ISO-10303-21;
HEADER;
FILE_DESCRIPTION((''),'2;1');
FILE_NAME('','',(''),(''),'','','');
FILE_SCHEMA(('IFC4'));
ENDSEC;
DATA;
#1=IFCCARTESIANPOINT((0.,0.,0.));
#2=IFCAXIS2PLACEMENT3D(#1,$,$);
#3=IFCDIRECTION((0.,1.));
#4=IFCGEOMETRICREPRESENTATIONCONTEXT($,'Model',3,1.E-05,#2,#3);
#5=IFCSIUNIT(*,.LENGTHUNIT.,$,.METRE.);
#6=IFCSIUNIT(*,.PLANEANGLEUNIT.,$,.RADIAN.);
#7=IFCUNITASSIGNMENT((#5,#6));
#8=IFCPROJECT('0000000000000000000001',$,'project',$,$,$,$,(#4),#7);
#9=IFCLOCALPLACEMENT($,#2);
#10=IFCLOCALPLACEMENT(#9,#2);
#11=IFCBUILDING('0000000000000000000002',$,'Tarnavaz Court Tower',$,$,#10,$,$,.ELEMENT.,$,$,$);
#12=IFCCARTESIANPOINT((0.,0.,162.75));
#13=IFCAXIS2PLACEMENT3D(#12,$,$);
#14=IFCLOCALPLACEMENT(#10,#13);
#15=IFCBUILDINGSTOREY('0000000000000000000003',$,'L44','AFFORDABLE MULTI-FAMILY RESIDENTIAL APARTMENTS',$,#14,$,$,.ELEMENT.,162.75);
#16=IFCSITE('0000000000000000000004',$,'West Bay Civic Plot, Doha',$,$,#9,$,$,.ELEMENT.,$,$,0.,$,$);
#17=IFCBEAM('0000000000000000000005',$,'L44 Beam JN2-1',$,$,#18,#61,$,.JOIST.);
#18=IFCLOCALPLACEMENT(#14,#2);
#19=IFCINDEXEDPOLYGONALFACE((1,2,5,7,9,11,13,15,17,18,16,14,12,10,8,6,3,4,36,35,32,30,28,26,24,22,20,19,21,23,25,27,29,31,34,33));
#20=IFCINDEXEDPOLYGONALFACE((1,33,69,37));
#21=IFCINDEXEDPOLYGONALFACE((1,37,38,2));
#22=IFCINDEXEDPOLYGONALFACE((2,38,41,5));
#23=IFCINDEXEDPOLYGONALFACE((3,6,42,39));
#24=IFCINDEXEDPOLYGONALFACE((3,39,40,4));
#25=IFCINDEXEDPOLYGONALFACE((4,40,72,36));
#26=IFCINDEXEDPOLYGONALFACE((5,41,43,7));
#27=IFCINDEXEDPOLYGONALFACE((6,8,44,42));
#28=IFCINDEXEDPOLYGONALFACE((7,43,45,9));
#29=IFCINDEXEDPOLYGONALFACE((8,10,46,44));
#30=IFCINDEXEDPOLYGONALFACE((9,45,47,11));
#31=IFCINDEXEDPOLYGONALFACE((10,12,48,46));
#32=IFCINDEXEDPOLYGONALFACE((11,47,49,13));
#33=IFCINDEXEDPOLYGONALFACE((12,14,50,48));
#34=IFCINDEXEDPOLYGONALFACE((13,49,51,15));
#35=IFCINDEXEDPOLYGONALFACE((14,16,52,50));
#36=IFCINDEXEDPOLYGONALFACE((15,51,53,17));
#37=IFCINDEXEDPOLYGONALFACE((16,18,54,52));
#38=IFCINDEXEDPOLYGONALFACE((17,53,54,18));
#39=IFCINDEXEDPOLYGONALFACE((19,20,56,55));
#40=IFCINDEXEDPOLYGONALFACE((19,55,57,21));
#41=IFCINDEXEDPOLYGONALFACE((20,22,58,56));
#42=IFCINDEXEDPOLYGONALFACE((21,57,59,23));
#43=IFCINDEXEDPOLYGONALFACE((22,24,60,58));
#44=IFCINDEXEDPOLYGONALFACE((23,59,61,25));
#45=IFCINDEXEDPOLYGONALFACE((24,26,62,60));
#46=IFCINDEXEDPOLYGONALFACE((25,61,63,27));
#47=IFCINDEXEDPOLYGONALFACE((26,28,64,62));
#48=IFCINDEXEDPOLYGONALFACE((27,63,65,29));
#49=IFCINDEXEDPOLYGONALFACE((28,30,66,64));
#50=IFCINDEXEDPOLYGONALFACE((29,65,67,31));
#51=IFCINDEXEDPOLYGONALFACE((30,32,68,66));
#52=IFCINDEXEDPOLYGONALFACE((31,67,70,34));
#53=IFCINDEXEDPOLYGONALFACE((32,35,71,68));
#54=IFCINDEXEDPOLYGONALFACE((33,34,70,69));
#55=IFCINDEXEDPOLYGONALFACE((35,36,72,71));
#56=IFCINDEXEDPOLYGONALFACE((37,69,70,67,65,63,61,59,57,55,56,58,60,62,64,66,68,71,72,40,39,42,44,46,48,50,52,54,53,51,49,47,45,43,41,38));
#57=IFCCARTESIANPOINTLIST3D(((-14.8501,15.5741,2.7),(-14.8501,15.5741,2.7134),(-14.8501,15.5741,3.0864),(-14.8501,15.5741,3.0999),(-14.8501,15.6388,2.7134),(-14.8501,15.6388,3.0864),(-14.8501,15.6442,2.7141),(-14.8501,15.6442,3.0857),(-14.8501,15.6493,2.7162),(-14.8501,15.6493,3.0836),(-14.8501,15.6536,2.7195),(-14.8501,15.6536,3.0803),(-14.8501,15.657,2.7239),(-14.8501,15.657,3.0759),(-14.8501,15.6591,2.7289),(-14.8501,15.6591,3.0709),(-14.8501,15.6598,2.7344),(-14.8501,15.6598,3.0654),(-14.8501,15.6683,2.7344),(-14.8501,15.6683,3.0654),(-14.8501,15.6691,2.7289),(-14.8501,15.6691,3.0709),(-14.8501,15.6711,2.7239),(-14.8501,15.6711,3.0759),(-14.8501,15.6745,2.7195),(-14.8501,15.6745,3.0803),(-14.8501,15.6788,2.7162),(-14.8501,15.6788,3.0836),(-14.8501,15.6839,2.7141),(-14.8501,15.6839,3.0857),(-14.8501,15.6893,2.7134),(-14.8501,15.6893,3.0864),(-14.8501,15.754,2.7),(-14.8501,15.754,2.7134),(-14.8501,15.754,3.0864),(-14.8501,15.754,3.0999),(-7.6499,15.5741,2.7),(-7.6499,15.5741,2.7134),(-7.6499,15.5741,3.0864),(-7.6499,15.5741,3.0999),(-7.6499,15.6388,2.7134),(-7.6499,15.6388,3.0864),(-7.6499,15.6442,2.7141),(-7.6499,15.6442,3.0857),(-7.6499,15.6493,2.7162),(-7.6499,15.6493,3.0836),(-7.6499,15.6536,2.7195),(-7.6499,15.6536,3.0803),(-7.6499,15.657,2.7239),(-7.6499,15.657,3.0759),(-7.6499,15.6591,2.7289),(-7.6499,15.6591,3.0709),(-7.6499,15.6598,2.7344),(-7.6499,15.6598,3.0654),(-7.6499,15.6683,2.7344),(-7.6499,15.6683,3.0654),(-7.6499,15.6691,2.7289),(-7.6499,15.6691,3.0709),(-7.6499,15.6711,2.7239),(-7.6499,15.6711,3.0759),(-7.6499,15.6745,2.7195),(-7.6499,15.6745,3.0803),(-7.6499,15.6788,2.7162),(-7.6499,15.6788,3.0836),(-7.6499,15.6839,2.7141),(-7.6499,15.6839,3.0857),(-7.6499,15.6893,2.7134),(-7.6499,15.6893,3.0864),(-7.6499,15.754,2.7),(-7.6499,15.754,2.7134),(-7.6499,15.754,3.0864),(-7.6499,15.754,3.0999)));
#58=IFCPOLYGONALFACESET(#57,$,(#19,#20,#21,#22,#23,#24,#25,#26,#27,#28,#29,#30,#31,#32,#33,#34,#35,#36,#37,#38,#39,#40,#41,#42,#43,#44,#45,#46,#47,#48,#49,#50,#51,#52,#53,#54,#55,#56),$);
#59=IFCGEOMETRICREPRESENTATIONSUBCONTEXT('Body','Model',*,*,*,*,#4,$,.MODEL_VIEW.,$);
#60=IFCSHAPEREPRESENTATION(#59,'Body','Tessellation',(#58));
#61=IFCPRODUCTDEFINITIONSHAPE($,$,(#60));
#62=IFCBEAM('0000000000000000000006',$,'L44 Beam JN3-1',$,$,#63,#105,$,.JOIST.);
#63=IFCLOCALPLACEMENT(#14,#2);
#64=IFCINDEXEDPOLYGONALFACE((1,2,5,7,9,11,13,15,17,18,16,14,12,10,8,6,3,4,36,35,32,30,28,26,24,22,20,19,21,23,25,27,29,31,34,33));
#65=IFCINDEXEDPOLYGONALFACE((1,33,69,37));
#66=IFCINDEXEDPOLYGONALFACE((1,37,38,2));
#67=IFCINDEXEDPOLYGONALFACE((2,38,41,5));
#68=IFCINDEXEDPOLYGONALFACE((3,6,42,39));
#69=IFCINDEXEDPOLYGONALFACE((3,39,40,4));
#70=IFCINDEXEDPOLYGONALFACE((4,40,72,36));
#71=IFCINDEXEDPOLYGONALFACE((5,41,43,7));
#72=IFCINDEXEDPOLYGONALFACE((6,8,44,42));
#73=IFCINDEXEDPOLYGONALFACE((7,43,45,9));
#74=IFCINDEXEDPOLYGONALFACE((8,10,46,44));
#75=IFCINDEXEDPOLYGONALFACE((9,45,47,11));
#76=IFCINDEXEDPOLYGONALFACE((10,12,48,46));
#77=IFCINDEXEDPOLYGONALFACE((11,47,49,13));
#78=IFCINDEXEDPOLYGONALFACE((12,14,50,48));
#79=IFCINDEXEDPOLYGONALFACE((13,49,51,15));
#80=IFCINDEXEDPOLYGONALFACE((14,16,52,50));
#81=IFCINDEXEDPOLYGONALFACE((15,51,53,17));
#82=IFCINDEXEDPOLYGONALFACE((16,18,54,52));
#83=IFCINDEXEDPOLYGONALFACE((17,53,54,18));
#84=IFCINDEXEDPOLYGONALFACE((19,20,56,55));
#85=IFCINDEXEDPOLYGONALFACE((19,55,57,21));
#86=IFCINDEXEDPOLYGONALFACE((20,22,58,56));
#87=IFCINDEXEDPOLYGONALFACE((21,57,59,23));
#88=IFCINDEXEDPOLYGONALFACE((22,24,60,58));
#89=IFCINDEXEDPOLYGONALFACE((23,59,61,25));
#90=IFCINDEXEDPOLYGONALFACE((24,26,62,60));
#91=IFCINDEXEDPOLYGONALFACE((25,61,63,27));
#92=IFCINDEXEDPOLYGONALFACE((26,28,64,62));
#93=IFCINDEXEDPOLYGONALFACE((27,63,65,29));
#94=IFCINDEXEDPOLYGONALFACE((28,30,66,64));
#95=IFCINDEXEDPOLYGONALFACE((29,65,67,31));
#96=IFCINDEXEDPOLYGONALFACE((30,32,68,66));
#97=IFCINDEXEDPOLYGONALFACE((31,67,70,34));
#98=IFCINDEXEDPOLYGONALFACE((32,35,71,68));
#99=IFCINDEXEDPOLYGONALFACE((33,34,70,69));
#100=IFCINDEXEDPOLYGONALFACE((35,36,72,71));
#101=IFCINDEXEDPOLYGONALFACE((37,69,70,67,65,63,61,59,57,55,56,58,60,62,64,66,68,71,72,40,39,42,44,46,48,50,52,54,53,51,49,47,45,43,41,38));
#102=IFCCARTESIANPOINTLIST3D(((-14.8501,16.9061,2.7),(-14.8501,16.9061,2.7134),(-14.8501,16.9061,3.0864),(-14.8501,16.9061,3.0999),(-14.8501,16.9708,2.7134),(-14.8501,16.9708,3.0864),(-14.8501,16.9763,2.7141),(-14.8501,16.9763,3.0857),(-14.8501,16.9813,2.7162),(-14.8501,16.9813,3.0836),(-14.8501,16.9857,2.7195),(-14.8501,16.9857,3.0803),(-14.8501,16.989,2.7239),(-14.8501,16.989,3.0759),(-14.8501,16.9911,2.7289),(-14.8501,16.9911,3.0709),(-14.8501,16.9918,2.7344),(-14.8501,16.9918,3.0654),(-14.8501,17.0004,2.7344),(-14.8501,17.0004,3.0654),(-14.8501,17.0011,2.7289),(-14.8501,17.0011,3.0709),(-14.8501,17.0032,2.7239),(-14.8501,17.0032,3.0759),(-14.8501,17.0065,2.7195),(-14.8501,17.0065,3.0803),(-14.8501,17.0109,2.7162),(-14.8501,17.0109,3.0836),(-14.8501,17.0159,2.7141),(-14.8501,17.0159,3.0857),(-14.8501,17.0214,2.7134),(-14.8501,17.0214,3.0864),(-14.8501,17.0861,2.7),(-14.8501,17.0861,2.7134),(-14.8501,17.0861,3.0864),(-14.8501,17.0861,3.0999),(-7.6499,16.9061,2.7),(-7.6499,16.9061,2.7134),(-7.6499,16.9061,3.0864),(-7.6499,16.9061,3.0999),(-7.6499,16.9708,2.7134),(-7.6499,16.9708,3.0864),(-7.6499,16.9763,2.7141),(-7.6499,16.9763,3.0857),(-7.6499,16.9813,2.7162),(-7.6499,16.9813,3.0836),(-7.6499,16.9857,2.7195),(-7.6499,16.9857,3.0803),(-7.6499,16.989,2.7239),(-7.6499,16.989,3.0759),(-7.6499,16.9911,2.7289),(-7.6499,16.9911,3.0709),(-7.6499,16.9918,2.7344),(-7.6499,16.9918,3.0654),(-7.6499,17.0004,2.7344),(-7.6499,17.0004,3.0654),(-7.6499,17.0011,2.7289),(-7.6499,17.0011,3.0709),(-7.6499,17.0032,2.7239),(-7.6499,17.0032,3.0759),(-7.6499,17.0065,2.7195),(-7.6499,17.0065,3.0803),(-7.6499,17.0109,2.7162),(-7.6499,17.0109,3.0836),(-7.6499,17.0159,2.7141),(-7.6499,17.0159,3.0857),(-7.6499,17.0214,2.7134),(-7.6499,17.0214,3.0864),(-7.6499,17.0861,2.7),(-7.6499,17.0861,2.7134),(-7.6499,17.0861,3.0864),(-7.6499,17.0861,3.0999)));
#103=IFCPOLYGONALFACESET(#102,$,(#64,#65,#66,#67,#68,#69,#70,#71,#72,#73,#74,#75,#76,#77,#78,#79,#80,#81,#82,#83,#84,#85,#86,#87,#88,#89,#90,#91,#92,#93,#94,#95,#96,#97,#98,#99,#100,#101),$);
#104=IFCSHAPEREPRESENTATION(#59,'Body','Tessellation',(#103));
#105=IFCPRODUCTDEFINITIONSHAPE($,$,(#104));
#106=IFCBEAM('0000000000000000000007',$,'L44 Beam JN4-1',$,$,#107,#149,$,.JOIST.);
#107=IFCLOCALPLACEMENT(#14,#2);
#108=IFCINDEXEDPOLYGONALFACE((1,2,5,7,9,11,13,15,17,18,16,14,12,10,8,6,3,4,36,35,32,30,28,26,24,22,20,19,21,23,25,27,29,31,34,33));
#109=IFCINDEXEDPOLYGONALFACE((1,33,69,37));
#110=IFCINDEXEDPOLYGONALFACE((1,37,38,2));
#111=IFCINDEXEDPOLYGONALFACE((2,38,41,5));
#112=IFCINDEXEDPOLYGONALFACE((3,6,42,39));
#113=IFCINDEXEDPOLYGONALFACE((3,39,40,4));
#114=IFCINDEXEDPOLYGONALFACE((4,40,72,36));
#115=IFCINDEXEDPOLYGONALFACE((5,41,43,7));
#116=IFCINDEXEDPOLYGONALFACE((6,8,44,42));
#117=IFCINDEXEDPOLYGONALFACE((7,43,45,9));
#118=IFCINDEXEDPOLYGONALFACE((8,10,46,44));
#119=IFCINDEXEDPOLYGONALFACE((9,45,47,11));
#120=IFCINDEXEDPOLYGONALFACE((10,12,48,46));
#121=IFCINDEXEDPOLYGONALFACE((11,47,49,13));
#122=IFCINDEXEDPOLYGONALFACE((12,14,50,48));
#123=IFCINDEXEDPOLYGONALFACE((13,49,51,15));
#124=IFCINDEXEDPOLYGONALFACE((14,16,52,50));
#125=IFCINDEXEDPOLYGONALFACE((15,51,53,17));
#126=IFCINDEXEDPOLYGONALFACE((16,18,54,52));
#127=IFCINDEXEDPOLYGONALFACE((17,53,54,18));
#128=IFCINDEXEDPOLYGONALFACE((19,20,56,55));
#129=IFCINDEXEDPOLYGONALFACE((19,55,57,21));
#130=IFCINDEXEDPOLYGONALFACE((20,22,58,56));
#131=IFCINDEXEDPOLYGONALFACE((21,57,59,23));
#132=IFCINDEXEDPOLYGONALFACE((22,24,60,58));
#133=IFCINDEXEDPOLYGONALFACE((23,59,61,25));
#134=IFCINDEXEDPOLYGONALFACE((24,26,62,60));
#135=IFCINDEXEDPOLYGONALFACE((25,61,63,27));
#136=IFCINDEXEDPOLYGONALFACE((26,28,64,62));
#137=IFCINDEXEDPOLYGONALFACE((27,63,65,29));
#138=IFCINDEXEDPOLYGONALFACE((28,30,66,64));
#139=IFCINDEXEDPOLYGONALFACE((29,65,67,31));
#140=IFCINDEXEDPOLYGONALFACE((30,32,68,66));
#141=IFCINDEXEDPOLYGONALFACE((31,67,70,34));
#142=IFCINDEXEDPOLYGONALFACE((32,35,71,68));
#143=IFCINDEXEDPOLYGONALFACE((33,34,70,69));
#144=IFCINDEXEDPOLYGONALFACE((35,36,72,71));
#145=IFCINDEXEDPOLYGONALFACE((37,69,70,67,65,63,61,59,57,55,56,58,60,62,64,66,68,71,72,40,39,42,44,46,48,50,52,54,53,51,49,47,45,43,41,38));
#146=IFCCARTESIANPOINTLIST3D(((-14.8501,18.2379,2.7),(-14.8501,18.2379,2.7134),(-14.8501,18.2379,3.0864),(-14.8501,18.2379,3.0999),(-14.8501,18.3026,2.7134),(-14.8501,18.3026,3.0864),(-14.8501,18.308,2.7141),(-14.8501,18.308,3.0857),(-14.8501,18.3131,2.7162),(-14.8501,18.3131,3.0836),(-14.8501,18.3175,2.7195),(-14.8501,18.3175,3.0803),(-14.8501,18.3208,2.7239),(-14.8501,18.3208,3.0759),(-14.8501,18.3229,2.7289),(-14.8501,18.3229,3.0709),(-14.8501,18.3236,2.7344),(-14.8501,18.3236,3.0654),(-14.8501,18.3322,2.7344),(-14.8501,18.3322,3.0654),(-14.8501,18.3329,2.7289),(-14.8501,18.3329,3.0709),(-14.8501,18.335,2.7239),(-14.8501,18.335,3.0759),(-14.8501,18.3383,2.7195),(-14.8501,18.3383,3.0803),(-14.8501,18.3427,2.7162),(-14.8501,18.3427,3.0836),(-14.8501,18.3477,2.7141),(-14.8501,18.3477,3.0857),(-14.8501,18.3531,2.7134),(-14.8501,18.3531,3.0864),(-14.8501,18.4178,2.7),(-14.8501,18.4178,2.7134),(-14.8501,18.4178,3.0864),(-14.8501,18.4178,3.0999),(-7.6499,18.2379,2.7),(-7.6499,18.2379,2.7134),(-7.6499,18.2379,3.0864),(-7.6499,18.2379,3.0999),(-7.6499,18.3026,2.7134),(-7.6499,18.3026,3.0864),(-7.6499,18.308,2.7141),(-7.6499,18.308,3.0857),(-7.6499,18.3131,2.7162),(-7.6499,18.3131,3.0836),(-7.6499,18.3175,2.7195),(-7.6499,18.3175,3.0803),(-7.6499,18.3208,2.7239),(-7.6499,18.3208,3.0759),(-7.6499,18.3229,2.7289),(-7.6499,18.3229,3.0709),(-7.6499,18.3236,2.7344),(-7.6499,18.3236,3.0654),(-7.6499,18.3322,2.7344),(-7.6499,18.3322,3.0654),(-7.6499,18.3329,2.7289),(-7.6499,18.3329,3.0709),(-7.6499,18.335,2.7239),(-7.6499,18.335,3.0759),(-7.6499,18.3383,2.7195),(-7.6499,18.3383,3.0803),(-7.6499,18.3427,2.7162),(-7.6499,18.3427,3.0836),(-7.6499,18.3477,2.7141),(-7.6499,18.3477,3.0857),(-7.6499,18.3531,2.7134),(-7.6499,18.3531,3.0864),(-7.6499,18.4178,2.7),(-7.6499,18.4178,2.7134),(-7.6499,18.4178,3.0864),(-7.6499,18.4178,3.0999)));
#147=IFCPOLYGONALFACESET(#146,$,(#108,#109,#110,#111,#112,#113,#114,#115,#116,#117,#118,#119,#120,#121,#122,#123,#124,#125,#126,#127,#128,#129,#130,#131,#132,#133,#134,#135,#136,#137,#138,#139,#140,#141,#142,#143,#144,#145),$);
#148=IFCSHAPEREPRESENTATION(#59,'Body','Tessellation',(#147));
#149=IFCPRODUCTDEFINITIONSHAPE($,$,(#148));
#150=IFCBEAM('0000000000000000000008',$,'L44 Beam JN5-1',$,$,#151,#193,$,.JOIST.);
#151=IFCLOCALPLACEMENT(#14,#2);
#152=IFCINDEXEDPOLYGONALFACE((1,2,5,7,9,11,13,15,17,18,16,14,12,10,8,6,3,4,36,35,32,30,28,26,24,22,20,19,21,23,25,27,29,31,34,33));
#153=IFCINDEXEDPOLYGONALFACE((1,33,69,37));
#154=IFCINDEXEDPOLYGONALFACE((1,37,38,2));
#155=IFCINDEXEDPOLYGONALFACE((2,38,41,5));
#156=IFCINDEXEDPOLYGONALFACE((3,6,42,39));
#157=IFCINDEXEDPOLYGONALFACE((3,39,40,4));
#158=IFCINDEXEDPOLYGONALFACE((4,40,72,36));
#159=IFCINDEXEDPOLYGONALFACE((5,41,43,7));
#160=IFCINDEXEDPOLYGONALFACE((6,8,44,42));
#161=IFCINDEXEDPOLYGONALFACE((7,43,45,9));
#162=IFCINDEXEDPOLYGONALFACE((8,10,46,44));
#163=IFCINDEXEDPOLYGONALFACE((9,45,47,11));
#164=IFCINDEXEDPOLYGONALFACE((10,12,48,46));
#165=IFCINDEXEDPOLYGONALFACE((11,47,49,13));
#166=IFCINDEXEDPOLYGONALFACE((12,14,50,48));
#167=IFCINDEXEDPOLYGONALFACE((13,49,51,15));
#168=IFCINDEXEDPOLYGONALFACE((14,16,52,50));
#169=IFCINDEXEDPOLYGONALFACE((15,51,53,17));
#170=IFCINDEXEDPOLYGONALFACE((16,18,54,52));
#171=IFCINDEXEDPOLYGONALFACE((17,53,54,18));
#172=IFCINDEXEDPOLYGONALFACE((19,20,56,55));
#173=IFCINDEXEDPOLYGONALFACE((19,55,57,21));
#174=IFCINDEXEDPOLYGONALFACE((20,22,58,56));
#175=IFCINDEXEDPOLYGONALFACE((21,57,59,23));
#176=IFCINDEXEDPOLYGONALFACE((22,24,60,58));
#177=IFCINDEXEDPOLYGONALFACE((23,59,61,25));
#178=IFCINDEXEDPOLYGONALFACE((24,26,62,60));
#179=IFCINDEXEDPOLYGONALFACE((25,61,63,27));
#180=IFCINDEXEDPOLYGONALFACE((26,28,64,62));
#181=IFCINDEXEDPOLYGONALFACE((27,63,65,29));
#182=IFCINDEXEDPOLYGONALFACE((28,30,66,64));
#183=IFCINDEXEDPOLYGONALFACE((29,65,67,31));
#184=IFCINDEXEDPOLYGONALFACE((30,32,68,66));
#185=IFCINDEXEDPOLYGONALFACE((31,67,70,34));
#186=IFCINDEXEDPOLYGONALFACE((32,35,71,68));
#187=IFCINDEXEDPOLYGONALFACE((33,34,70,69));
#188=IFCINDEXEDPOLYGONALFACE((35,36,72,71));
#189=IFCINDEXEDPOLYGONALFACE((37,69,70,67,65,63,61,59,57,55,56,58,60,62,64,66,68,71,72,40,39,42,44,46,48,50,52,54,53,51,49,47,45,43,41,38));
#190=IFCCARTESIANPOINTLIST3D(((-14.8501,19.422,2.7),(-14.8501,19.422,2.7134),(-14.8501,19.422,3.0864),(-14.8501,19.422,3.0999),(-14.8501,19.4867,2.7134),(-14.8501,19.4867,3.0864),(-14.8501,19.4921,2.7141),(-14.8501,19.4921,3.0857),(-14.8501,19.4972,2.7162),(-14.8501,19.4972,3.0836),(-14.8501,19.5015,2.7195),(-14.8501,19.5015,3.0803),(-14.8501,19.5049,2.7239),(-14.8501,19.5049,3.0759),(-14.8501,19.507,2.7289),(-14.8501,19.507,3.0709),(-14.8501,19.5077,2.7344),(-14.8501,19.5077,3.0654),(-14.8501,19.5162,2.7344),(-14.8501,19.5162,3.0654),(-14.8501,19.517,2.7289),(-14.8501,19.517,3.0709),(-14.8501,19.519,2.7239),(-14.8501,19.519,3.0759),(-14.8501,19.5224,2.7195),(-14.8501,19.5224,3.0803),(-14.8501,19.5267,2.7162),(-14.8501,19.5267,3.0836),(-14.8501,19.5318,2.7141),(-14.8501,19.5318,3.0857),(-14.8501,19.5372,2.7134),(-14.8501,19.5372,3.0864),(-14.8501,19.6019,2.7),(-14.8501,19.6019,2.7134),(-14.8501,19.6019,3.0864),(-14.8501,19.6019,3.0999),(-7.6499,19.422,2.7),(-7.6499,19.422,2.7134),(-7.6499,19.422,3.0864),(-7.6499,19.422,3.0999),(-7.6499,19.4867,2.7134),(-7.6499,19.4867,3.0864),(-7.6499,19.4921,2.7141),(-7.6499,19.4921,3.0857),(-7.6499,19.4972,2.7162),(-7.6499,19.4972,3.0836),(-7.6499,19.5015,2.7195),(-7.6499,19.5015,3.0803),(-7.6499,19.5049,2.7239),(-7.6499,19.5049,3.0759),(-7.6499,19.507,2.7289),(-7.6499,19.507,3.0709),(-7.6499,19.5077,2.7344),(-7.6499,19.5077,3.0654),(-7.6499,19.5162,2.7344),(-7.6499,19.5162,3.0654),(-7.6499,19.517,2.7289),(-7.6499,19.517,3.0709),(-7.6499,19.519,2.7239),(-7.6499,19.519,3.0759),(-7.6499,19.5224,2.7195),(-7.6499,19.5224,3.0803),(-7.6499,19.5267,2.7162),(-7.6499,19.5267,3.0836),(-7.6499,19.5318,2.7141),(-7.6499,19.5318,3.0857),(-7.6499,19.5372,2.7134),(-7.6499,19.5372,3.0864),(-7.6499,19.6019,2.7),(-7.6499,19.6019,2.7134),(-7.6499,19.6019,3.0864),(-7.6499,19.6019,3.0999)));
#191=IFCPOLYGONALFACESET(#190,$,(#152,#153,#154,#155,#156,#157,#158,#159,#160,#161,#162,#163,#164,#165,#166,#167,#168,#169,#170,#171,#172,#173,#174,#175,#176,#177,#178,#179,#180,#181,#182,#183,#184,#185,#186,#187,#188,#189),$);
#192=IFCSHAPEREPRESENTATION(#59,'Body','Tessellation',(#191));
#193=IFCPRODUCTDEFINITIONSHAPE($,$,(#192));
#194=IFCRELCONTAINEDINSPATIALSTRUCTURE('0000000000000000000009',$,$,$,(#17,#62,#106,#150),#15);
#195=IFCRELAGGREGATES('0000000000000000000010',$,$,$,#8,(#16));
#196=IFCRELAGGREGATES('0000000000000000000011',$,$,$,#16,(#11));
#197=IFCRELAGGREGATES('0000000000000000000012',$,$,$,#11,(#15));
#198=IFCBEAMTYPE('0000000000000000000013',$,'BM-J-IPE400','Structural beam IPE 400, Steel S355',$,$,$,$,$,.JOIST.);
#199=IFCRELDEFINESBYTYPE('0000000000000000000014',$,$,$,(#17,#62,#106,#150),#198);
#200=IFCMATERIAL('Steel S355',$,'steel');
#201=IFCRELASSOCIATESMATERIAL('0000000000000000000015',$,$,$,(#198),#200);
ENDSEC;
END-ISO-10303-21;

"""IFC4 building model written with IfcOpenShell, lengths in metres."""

from ifc_helpers import new_model, si_unit, direction, frame, origin, origin_2d, place, context, subcontext, project, spatial, i_section, extrude, material, material_profile, profile_set, type_object, element, save


model = new_model("IFC4")

# Units and contexts
model_context = context("Model", 3, precision=1e-05, world=origin(), true_north=direction((0.0, 1.0)))
body_context = subcontext(model_context, "Body", "Model", "MODEL_VIEW")
ifc_project = project(units=[si_unit("LENGTHUNIT", "METRE"), si_unit("PLANEANGLEUNIT", "RADIAN")], contexts=[model_context])

# Site, building, storey
site_placement = place(None, origin())
site = spatial("IfcSite", under=ifc_project, at=site_placement, Name="West Bay Civic Plot, Doha", CompositionType="ELEMENT", RefElevation=0.0)
building_placement = place(site_placement, origin())
building = spatial("IfcBuilding", under=site, at=building_placement, Name="Tarnavaz Court Tower", CompositionType="ELEMENT")
storey_placement = place(building_placement, frame((0.0, 0.0, 162.75)))
storey = spatial("IfcBuildingStorey", under=building, at=storey_placement, Name="L44", Description="AFFORDABLE MULTI-FAMILY RESIDENTIAL APARTMENTS", CompositionType="ELEMENT", Elevation=162.75)

# Beams
ifc_material_1 = material(Name="Steel S355", Category="steel")
ifc_material_profile_1 = material_profile(ifc_material_1, i_section(OverallWidth=0.1799, OverallDepth=0.3999, WebThickness=0.0085, FlangeThickness=0.0134, FilletRadius=0.021, at=origin_2d()), Name="IPE 400")
ifc_profile_set_1 = profile_set([ifc_material_profile_1], Name="Steel S355")
beam_type_1 = type_object("IfcBeamType", Name="BM-J-IPE400", Description="Structural beam IPE 400, Steel S355", PredefinedType="JOIST", material=ifc_profile_set_1)
for number, where, z_axis, x_axis, name in (
    (1, (-14.8501, 15.6641, 2.8999), (1.0, 0.0, 0.0), (0.0, 1.0, 0.0), "L44 Beam JN2-1"),
    (2, (-14.8501, 16.9961, 2.8999), (1.0, 0.0, 0.0), (0.0, 1.0, 0.0), "L44 Beam JN3-1"),
    (3, (-14.8501, 18.3279, 2.8999), (1.0, 0.0, 0.0), (0.0, 1.0, 0.0), "L44 Beam JN4-1"),
    (4, (-14.8501, 19.512, 2.8999), (1.0, 0.0, 0.0), (0.0, 1.0, 0.0), "L44 Beam JN5-1"),
):
    element("IfcBeam", number, at=place(storey_placement, frame(where, z_axis=z_axis, x_axis=x_axis)), inside=storey, type_object=beam_type_1, Name=name, PredefinedType="JOIST", context=body_context, shape_type="SweptSolid", body=[
        extrude(i_section(OverallWidth=0.1799, OverallDepth=0.3999, WebThickness=0.0085, FlangeThickness=0.0134, FilletRadius=0.021, at=origin_2d()), origin(), (0.0, 0.0, 1.0), 7.2002),
    ])

save(model, "model.ifc")
